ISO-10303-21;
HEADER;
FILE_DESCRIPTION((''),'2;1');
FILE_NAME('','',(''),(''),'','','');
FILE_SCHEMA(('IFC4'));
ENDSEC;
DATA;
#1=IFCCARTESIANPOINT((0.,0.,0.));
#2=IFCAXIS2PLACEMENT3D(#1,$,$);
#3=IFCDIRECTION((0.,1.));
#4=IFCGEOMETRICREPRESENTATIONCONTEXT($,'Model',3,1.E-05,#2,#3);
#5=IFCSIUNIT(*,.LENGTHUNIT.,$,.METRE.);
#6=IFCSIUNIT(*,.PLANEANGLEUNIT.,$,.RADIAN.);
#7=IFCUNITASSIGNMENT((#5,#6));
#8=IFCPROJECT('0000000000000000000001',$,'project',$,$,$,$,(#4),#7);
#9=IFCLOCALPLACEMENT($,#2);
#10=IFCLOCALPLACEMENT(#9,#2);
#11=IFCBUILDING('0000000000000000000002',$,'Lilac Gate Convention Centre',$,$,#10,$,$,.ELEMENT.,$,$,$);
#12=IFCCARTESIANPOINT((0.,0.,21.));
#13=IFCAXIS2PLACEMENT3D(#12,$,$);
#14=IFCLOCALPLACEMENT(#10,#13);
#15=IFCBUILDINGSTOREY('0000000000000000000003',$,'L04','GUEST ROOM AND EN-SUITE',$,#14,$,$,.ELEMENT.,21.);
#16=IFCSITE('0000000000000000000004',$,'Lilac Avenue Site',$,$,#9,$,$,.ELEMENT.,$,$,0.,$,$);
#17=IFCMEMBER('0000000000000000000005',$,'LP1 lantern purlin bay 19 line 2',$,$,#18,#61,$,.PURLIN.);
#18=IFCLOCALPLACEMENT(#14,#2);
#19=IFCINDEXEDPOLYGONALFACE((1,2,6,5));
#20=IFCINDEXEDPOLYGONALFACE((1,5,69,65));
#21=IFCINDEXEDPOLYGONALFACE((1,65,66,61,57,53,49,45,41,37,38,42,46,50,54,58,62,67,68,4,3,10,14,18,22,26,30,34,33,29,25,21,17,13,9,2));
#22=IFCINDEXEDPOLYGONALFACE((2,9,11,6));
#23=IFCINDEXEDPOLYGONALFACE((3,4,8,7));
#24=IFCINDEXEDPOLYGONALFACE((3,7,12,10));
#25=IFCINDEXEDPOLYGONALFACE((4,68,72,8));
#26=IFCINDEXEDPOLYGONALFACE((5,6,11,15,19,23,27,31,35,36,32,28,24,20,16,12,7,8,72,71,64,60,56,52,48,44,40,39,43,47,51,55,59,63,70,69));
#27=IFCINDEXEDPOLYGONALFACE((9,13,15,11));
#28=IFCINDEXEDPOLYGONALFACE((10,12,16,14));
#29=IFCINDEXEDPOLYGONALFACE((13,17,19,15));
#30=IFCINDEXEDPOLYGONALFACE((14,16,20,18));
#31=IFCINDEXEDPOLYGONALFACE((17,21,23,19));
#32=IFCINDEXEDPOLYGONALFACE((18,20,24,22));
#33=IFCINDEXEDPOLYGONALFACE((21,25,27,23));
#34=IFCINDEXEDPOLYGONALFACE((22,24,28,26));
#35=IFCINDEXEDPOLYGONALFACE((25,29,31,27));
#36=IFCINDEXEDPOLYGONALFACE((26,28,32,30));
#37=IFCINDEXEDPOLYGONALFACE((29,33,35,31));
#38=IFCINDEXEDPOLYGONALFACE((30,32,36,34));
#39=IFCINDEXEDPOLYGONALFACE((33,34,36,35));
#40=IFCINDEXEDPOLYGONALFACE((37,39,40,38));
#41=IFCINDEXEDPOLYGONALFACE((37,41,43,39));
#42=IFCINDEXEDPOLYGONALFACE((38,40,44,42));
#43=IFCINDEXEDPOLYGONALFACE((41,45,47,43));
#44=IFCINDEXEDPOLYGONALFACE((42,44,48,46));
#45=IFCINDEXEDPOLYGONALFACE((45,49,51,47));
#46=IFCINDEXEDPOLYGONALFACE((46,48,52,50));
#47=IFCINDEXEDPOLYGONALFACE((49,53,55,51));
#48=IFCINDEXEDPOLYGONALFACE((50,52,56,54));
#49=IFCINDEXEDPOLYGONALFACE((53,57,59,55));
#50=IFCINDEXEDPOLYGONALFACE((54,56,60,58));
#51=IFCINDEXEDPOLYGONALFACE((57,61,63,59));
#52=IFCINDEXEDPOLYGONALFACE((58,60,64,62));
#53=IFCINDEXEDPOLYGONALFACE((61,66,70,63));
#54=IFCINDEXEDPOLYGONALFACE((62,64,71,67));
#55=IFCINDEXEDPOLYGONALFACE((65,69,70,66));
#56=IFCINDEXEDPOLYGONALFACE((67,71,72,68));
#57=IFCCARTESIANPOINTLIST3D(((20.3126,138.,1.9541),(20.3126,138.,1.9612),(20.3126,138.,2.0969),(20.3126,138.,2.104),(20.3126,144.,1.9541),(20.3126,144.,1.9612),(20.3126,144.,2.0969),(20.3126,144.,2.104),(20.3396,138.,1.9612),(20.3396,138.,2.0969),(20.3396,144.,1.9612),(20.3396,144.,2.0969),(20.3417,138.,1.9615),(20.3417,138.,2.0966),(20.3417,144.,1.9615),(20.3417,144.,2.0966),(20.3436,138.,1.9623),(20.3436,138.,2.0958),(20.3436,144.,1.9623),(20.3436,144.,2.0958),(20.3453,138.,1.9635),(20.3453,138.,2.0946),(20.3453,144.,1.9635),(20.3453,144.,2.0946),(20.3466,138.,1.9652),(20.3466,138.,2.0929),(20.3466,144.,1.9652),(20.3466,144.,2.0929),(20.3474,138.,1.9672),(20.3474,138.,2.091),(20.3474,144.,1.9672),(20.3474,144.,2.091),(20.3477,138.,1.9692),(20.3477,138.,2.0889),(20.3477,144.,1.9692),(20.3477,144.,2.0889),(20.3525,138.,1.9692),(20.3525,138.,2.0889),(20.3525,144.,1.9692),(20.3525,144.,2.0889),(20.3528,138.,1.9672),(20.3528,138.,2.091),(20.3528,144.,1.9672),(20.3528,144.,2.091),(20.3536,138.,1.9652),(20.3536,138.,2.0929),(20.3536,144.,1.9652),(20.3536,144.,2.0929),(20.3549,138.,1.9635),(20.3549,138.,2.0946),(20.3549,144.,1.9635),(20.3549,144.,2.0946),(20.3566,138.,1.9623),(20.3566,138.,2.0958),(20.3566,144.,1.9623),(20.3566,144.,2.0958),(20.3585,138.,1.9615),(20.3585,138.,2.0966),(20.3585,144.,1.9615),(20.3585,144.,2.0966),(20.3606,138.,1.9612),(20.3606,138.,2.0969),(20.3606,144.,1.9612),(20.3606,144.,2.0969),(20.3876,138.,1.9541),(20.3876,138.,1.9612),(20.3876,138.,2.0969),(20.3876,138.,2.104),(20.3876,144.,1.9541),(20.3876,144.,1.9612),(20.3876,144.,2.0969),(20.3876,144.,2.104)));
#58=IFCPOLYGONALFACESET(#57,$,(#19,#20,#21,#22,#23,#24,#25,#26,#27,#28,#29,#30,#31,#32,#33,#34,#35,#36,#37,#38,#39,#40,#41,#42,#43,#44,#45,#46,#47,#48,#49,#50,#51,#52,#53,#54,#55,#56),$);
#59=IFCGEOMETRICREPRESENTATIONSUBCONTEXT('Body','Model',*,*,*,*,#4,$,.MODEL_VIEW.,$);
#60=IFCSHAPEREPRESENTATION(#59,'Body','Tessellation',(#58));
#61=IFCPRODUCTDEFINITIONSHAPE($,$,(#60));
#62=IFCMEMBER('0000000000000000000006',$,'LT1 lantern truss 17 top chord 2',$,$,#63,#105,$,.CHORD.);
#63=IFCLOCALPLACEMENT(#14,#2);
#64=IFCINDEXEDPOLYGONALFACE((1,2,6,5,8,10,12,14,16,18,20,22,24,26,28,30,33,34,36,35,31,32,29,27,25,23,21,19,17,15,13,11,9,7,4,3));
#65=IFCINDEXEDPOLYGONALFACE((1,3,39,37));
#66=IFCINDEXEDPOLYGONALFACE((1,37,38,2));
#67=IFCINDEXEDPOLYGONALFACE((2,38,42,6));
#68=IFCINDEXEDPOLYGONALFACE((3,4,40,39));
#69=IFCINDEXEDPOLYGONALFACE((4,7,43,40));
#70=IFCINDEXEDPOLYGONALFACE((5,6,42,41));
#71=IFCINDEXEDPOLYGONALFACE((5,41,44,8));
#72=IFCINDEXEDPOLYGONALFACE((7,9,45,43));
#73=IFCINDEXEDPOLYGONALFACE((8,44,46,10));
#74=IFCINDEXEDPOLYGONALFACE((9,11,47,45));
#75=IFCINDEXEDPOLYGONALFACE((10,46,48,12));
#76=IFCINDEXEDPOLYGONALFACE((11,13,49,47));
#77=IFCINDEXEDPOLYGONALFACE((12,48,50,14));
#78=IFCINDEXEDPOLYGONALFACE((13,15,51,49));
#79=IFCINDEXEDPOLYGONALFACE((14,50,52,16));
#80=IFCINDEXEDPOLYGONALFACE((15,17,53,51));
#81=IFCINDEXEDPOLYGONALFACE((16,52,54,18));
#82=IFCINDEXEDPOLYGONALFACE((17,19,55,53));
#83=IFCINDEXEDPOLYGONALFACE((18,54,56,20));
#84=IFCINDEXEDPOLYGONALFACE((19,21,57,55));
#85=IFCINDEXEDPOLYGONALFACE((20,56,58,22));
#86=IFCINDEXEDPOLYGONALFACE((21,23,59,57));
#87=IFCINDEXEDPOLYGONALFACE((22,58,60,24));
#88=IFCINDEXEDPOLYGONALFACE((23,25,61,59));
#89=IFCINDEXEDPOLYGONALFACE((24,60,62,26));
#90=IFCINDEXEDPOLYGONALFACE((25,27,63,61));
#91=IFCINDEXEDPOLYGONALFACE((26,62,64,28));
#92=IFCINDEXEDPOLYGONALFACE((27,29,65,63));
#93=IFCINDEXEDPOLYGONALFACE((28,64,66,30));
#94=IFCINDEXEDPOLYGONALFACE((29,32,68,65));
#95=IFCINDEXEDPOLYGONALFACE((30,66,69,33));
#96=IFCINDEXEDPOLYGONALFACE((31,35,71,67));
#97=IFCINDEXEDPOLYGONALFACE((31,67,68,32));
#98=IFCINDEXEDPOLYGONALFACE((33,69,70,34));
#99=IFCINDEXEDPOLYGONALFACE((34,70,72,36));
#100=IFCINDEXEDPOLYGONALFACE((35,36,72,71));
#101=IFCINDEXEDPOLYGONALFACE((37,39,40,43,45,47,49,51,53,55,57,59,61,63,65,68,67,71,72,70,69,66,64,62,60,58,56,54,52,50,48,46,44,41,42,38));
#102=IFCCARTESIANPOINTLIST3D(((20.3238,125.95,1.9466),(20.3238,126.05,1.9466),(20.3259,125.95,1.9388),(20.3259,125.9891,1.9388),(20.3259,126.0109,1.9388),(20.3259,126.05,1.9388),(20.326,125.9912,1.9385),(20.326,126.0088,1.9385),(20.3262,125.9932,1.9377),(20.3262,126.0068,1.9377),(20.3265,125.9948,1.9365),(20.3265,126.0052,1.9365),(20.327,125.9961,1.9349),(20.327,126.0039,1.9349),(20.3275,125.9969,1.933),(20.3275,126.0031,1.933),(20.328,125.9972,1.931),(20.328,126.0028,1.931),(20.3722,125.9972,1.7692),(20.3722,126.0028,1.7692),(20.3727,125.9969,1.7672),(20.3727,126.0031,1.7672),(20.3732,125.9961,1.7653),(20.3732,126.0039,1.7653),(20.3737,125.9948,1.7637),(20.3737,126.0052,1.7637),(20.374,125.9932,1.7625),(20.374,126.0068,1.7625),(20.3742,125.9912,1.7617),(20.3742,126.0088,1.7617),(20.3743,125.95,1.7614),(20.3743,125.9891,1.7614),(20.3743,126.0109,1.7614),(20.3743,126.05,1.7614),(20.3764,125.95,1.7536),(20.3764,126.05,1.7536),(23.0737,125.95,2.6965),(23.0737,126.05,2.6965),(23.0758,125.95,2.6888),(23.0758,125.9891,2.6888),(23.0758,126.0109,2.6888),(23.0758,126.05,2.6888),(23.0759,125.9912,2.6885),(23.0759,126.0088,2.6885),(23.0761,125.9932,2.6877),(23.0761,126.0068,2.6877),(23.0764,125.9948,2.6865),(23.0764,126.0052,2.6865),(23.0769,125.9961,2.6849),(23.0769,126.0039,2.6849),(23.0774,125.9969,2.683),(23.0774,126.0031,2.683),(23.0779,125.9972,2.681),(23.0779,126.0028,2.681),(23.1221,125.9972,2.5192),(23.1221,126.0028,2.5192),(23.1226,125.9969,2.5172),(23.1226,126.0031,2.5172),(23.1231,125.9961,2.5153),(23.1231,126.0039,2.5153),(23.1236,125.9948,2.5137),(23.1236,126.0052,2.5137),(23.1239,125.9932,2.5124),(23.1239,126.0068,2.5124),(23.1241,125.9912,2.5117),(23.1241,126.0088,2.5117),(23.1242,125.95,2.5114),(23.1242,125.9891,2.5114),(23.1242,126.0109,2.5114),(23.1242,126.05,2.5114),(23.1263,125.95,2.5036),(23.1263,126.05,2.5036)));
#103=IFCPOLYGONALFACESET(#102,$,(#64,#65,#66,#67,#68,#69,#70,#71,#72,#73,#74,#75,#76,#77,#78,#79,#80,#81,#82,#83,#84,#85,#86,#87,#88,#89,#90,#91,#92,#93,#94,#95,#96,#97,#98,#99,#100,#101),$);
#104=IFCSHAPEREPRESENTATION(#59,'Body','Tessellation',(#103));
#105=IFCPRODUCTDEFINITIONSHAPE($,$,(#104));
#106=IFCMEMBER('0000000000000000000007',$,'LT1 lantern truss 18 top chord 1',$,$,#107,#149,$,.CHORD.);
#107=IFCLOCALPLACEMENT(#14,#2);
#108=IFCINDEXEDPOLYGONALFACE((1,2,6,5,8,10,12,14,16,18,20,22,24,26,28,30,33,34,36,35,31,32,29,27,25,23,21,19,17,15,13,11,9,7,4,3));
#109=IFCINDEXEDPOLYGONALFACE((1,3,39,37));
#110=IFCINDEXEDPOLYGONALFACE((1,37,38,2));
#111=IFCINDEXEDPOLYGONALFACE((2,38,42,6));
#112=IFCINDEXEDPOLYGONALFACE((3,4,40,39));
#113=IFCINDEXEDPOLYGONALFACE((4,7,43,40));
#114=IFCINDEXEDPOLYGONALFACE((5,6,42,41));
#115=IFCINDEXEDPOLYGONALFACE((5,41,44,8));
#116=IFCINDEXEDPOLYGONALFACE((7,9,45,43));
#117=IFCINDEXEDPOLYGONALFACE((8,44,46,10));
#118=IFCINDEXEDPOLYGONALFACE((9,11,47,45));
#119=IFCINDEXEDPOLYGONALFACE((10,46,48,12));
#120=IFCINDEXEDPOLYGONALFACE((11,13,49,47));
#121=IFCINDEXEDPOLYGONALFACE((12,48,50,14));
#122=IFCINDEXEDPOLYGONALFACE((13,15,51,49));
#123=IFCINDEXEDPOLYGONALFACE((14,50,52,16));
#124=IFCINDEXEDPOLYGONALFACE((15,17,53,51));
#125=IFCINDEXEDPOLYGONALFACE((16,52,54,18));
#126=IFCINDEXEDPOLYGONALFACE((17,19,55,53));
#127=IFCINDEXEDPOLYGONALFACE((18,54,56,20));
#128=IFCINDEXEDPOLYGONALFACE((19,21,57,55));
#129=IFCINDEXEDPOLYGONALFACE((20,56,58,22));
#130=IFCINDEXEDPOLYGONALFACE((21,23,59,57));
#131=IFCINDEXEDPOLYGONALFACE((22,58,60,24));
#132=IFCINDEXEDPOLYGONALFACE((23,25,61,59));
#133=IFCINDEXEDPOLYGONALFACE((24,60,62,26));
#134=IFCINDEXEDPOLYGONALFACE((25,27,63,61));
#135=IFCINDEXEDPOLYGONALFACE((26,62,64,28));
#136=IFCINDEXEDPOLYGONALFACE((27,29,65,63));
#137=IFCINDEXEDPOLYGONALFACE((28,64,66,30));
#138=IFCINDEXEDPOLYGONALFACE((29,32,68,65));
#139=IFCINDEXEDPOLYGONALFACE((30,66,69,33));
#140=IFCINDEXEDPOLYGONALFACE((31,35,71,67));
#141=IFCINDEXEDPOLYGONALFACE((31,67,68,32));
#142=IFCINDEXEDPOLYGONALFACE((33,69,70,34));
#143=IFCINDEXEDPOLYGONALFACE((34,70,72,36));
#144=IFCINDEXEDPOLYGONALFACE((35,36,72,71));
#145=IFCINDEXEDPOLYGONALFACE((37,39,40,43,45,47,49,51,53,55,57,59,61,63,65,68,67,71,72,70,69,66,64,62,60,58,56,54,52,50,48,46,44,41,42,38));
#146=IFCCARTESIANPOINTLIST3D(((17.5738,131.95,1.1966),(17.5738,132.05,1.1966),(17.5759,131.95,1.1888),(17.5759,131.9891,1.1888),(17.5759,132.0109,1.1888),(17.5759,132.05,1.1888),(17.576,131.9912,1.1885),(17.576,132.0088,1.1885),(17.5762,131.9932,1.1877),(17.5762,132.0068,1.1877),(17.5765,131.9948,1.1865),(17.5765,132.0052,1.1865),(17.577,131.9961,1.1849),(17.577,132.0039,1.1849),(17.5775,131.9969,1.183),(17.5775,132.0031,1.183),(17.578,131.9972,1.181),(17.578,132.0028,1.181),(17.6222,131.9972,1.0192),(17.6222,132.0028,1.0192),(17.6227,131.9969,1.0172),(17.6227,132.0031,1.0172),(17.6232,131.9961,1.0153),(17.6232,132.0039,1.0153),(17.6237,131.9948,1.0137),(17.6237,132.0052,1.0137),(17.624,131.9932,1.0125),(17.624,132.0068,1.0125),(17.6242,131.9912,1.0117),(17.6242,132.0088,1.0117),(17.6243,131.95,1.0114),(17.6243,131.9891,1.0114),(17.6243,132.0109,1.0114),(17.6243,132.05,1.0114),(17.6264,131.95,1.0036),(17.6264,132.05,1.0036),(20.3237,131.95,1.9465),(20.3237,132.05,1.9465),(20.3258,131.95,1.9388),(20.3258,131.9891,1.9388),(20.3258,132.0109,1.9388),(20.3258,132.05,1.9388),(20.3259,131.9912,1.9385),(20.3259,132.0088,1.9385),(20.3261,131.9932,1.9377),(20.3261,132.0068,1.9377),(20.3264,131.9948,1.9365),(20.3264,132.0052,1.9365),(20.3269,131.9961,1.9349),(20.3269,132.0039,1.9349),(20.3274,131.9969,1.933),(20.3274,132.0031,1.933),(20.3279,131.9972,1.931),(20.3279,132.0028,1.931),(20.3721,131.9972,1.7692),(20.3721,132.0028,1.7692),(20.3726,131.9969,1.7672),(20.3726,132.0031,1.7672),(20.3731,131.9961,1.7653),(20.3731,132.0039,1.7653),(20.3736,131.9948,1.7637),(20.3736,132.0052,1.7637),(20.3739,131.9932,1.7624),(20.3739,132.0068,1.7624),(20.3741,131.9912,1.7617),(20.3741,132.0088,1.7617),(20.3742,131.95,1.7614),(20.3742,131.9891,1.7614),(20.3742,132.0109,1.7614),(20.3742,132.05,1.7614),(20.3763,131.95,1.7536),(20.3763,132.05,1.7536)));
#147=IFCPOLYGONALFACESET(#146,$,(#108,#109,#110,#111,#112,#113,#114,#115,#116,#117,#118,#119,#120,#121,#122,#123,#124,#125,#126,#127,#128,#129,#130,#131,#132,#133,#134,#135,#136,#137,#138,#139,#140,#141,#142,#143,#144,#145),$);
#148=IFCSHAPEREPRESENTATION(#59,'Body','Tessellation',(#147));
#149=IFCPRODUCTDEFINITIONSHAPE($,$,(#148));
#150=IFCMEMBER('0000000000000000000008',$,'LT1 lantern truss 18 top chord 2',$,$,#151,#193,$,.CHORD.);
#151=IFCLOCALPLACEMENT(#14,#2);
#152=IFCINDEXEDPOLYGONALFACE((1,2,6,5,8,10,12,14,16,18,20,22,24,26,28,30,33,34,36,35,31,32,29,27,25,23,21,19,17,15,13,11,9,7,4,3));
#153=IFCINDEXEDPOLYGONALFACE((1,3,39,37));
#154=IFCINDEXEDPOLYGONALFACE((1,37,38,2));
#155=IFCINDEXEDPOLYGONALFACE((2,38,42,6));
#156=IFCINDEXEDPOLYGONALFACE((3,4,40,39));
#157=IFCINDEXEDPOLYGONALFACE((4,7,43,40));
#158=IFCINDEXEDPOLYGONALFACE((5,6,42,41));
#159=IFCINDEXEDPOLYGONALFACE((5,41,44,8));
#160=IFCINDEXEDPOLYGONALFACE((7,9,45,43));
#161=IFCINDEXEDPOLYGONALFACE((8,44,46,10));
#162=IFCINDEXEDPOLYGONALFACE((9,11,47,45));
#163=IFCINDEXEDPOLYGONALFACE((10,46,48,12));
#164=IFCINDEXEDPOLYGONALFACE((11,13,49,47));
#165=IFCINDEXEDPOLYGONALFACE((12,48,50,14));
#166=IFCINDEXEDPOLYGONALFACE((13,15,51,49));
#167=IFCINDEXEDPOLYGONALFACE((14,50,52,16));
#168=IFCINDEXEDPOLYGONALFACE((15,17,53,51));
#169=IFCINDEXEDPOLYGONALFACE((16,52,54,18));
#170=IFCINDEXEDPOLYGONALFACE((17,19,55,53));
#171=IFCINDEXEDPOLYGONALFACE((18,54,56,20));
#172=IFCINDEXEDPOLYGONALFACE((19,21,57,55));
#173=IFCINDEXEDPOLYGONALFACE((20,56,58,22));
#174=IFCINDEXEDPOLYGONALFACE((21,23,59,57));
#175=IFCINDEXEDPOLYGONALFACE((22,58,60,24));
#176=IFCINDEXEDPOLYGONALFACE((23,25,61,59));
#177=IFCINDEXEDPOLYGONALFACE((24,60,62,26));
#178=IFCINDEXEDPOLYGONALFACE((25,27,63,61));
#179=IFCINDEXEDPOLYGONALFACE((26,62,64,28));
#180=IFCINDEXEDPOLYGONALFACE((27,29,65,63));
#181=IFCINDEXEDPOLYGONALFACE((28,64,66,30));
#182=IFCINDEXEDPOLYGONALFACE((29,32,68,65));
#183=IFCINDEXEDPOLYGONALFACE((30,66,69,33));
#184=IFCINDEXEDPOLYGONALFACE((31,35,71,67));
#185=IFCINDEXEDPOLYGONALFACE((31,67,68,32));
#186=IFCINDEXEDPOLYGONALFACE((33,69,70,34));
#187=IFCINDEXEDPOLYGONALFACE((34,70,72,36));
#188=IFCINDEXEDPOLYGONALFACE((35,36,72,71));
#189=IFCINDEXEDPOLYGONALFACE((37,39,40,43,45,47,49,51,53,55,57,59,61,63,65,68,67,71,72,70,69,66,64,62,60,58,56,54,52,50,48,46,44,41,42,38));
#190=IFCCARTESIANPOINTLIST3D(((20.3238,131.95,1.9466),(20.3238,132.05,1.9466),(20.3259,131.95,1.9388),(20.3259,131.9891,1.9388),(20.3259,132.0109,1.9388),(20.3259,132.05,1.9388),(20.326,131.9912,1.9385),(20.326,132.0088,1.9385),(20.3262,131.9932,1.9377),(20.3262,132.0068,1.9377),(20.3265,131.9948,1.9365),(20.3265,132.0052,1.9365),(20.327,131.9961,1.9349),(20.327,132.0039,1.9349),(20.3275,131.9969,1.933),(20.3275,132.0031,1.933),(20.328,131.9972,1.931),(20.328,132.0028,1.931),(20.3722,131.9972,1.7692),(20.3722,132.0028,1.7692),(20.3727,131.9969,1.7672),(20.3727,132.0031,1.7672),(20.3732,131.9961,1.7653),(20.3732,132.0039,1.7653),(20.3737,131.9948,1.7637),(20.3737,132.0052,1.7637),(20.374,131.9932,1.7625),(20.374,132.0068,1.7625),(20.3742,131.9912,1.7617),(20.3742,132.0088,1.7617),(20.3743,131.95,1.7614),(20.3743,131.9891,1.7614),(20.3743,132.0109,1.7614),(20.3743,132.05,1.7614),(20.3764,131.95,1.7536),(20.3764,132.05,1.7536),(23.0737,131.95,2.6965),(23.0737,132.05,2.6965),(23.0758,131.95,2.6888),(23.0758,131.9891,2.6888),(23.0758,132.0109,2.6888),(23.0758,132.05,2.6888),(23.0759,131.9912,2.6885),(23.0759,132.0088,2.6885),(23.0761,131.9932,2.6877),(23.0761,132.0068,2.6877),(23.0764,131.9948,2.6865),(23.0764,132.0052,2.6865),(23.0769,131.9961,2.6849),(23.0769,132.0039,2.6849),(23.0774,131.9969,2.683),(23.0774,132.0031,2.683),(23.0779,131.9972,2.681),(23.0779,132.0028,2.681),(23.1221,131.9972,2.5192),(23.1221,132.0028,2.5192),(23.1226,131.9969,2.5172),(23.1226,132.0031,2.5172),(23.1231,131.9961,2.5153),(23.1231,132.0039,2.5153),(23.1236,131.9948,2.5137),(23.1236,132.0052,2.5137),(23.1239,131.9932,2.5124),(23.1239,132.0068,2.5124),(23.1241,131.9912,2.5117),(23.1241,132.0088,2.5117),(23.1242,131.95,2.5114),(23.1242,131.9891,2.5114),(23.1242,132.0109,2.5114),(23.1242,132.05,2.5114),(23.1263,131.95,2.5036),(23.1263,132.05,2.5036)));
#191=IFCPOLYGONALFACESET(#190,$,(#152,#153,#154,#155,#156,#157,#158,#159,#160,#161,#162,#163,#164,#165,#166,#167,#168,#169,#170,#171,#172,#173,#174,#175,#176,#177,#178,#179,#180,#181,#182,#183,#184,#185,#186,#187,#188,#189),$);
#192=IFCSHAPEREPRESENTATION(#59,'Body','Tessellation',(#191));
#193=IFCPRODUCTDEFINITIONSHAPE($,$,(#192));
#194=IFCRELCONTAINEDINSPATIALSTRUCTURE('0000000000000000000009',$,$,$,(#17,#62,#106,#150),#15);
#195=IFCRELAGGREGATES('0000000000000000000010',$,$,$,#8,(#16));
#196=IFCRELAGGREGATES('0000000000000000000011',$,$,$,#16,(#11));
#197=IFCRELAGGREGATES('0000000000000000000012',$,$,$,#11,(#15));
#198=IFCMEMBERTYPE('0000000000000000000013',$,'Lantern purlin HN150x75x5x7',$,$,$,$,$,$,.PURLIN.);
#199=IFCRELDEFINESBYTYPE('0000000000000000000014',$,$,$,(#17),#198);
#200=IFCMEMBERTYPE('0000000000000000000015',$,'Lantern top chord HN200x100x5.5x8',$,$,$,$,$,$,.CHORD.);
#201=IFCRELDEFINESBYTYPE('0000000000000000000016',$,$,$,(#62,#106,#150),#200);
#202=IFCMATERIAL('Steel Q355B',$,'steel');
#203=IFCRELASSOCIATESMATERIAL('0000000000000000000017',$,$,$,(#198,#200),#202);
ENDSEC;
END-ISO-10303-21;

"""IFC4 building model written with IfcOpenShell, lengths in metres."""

from ifc_helpers import new_model, si_unit, direction, frame, origin, origin_2d, place, context, subcontext, project, spatial, i_section, extrude, material, material_profile, profile_set, type_object, element, save


model = new_model("IFC4")

# Units and contexts
model_context = context("Model", 3, precision=1e-05, world=origin(), true_north=direction((0.0, 1.0)))
body_context = subcontext(model_context, "Body", "Model", "MODEL_VIEW")
ifc_project = project(units=[si_unit("LENGTHUNIT", "METRE"), si_unit("PLANEANGLEUNIT", "RADIAN")], contexts=[model_context])

# Site, building, storey
site_placement = place(None, origin())
site = spatial("IfcSite", under=ifc_project, at=site_placement, Name="Lilac Avenue Site", CompositionType="ELEMENT", RefElevation=0.0)
building_placement = place(site_placement, origin())
building = spatial("IfcBuilding", under=site, at=building_placement, Name="Lilac Gate Convention Centre", CompositionType="ELEMENT")
storey_placement = place(building_placement, frame((0.0, 0.0, 21.0)))
storey = spatial("IfcBuildingStorey", under=building, at=storey_placement, Name="L04", Description="GUEST ROOM AND EN-SUITE", CompositionType="ELEMENT", Elevation=21.0)

# Members
ifc_material_1 = material(Name="Steel Q355B", Category="steel")
ifc_material_profile_1 = material_profile(ifc_material_1, i_section(OverallWidth=0.075, OverallDepth=0.1499, WebThickness=0.0049, FlangeThickness=0.0071, FilletRadius=0.0081, at=origin_2d()), Name="HN150x75x5x7")
ifc_profile_set_1 = profile_set([ifc_material_profile_1], Name="Steel Q355B")
member_type_1 = type_object("IfcMemberType", Name="Lantern purlin HN150x75x5x7", PredefinedType="PURLIN", material=ifc_profile_set_1)
for number, where, z_axis, x_axis, name in (
    (1, (20.3501, 138.0, 2.0291), (0.0, 1.0, 0.0), (-1.0, 0.0, 0.0), "LP1 lantern purlin bay 19 line 2"),
):
    element("IfcMember", number, at=place(storey_placement, frame(where, z_axis=z_axis, x_axis=x_axis)), inside=storey, type_object=member_type_1, Name=name, PredefinedType="PURLIN", context=body_context, shape_type="SweptSolid", body=[
        extrude(i_section(OverallWidth=0.075, OverallDepth=0.1499, WebThickness=0.0049, FlangeThickness=0.0071, FilletRadius=0.0081, at=origin_2d()), origin(), (0.0, 0.0, 1.0), 6.0),
    ])
ifc_material_profile_2 = material_profile(ifc_material_1, i_section(OverallWidth=0.1001, OverallDepth=0.2, WebThickness=0.0056, FlangeThickness=0.0081, FilletRadius=0.0081, at=origin_2d()), Name="HN200x100x5.5x8")
ifc_profile_set_2 = profile_set([ifc_material_profile_2], Name="Steel Q355B")
member_type_2 = type_object("IfcMemberType", Name="Lantern top chord HN200x100x5.5x8", PredefinedType="CHORD", material=ifc_profile_set_2)
for number, where, z_axis, x_axis, name in (
    (2, (20.3501, 126.0, 1.8501), (0.964764, 0.0, 0.263117), (0.0, 1.0, 0.0), "LT1 lantern truss 17 top chord 2"),
    (3, (17.6001, 132.0, 1.1001), (0.964764, 0.0, 0.263117), (0.0, 1.0, 0.0), "LT1 lantern truss 18 top chord 1"),
    (4, (20.3501, 132.0, 1.8501), (0.964764, 0.0, 0.263117), (0.0, 1.0, 0.0), "LT1 lantern truss 18 top chord 2"),
):
    element("IfcMember", number, at=place(storey_placement, frame(where, z_axis=z_axis, x_axis=x_axis)), inside=storey, type_object=member_type_2, Name=name, PredefinedType="CHORD", context=body_context, shape_type="SweptSolid", body=[
        extrude(i_section(OverallWidth=0.1001, OverallDepth=0.2, WebThickness=0.0056, FlangeThickness=0.0081, FilletRadius=0.0081, at=origin_2d()), origin(), (0.0, 0.0, 1.0), 2.8503),
    ])

save(model, "model.ifc")
